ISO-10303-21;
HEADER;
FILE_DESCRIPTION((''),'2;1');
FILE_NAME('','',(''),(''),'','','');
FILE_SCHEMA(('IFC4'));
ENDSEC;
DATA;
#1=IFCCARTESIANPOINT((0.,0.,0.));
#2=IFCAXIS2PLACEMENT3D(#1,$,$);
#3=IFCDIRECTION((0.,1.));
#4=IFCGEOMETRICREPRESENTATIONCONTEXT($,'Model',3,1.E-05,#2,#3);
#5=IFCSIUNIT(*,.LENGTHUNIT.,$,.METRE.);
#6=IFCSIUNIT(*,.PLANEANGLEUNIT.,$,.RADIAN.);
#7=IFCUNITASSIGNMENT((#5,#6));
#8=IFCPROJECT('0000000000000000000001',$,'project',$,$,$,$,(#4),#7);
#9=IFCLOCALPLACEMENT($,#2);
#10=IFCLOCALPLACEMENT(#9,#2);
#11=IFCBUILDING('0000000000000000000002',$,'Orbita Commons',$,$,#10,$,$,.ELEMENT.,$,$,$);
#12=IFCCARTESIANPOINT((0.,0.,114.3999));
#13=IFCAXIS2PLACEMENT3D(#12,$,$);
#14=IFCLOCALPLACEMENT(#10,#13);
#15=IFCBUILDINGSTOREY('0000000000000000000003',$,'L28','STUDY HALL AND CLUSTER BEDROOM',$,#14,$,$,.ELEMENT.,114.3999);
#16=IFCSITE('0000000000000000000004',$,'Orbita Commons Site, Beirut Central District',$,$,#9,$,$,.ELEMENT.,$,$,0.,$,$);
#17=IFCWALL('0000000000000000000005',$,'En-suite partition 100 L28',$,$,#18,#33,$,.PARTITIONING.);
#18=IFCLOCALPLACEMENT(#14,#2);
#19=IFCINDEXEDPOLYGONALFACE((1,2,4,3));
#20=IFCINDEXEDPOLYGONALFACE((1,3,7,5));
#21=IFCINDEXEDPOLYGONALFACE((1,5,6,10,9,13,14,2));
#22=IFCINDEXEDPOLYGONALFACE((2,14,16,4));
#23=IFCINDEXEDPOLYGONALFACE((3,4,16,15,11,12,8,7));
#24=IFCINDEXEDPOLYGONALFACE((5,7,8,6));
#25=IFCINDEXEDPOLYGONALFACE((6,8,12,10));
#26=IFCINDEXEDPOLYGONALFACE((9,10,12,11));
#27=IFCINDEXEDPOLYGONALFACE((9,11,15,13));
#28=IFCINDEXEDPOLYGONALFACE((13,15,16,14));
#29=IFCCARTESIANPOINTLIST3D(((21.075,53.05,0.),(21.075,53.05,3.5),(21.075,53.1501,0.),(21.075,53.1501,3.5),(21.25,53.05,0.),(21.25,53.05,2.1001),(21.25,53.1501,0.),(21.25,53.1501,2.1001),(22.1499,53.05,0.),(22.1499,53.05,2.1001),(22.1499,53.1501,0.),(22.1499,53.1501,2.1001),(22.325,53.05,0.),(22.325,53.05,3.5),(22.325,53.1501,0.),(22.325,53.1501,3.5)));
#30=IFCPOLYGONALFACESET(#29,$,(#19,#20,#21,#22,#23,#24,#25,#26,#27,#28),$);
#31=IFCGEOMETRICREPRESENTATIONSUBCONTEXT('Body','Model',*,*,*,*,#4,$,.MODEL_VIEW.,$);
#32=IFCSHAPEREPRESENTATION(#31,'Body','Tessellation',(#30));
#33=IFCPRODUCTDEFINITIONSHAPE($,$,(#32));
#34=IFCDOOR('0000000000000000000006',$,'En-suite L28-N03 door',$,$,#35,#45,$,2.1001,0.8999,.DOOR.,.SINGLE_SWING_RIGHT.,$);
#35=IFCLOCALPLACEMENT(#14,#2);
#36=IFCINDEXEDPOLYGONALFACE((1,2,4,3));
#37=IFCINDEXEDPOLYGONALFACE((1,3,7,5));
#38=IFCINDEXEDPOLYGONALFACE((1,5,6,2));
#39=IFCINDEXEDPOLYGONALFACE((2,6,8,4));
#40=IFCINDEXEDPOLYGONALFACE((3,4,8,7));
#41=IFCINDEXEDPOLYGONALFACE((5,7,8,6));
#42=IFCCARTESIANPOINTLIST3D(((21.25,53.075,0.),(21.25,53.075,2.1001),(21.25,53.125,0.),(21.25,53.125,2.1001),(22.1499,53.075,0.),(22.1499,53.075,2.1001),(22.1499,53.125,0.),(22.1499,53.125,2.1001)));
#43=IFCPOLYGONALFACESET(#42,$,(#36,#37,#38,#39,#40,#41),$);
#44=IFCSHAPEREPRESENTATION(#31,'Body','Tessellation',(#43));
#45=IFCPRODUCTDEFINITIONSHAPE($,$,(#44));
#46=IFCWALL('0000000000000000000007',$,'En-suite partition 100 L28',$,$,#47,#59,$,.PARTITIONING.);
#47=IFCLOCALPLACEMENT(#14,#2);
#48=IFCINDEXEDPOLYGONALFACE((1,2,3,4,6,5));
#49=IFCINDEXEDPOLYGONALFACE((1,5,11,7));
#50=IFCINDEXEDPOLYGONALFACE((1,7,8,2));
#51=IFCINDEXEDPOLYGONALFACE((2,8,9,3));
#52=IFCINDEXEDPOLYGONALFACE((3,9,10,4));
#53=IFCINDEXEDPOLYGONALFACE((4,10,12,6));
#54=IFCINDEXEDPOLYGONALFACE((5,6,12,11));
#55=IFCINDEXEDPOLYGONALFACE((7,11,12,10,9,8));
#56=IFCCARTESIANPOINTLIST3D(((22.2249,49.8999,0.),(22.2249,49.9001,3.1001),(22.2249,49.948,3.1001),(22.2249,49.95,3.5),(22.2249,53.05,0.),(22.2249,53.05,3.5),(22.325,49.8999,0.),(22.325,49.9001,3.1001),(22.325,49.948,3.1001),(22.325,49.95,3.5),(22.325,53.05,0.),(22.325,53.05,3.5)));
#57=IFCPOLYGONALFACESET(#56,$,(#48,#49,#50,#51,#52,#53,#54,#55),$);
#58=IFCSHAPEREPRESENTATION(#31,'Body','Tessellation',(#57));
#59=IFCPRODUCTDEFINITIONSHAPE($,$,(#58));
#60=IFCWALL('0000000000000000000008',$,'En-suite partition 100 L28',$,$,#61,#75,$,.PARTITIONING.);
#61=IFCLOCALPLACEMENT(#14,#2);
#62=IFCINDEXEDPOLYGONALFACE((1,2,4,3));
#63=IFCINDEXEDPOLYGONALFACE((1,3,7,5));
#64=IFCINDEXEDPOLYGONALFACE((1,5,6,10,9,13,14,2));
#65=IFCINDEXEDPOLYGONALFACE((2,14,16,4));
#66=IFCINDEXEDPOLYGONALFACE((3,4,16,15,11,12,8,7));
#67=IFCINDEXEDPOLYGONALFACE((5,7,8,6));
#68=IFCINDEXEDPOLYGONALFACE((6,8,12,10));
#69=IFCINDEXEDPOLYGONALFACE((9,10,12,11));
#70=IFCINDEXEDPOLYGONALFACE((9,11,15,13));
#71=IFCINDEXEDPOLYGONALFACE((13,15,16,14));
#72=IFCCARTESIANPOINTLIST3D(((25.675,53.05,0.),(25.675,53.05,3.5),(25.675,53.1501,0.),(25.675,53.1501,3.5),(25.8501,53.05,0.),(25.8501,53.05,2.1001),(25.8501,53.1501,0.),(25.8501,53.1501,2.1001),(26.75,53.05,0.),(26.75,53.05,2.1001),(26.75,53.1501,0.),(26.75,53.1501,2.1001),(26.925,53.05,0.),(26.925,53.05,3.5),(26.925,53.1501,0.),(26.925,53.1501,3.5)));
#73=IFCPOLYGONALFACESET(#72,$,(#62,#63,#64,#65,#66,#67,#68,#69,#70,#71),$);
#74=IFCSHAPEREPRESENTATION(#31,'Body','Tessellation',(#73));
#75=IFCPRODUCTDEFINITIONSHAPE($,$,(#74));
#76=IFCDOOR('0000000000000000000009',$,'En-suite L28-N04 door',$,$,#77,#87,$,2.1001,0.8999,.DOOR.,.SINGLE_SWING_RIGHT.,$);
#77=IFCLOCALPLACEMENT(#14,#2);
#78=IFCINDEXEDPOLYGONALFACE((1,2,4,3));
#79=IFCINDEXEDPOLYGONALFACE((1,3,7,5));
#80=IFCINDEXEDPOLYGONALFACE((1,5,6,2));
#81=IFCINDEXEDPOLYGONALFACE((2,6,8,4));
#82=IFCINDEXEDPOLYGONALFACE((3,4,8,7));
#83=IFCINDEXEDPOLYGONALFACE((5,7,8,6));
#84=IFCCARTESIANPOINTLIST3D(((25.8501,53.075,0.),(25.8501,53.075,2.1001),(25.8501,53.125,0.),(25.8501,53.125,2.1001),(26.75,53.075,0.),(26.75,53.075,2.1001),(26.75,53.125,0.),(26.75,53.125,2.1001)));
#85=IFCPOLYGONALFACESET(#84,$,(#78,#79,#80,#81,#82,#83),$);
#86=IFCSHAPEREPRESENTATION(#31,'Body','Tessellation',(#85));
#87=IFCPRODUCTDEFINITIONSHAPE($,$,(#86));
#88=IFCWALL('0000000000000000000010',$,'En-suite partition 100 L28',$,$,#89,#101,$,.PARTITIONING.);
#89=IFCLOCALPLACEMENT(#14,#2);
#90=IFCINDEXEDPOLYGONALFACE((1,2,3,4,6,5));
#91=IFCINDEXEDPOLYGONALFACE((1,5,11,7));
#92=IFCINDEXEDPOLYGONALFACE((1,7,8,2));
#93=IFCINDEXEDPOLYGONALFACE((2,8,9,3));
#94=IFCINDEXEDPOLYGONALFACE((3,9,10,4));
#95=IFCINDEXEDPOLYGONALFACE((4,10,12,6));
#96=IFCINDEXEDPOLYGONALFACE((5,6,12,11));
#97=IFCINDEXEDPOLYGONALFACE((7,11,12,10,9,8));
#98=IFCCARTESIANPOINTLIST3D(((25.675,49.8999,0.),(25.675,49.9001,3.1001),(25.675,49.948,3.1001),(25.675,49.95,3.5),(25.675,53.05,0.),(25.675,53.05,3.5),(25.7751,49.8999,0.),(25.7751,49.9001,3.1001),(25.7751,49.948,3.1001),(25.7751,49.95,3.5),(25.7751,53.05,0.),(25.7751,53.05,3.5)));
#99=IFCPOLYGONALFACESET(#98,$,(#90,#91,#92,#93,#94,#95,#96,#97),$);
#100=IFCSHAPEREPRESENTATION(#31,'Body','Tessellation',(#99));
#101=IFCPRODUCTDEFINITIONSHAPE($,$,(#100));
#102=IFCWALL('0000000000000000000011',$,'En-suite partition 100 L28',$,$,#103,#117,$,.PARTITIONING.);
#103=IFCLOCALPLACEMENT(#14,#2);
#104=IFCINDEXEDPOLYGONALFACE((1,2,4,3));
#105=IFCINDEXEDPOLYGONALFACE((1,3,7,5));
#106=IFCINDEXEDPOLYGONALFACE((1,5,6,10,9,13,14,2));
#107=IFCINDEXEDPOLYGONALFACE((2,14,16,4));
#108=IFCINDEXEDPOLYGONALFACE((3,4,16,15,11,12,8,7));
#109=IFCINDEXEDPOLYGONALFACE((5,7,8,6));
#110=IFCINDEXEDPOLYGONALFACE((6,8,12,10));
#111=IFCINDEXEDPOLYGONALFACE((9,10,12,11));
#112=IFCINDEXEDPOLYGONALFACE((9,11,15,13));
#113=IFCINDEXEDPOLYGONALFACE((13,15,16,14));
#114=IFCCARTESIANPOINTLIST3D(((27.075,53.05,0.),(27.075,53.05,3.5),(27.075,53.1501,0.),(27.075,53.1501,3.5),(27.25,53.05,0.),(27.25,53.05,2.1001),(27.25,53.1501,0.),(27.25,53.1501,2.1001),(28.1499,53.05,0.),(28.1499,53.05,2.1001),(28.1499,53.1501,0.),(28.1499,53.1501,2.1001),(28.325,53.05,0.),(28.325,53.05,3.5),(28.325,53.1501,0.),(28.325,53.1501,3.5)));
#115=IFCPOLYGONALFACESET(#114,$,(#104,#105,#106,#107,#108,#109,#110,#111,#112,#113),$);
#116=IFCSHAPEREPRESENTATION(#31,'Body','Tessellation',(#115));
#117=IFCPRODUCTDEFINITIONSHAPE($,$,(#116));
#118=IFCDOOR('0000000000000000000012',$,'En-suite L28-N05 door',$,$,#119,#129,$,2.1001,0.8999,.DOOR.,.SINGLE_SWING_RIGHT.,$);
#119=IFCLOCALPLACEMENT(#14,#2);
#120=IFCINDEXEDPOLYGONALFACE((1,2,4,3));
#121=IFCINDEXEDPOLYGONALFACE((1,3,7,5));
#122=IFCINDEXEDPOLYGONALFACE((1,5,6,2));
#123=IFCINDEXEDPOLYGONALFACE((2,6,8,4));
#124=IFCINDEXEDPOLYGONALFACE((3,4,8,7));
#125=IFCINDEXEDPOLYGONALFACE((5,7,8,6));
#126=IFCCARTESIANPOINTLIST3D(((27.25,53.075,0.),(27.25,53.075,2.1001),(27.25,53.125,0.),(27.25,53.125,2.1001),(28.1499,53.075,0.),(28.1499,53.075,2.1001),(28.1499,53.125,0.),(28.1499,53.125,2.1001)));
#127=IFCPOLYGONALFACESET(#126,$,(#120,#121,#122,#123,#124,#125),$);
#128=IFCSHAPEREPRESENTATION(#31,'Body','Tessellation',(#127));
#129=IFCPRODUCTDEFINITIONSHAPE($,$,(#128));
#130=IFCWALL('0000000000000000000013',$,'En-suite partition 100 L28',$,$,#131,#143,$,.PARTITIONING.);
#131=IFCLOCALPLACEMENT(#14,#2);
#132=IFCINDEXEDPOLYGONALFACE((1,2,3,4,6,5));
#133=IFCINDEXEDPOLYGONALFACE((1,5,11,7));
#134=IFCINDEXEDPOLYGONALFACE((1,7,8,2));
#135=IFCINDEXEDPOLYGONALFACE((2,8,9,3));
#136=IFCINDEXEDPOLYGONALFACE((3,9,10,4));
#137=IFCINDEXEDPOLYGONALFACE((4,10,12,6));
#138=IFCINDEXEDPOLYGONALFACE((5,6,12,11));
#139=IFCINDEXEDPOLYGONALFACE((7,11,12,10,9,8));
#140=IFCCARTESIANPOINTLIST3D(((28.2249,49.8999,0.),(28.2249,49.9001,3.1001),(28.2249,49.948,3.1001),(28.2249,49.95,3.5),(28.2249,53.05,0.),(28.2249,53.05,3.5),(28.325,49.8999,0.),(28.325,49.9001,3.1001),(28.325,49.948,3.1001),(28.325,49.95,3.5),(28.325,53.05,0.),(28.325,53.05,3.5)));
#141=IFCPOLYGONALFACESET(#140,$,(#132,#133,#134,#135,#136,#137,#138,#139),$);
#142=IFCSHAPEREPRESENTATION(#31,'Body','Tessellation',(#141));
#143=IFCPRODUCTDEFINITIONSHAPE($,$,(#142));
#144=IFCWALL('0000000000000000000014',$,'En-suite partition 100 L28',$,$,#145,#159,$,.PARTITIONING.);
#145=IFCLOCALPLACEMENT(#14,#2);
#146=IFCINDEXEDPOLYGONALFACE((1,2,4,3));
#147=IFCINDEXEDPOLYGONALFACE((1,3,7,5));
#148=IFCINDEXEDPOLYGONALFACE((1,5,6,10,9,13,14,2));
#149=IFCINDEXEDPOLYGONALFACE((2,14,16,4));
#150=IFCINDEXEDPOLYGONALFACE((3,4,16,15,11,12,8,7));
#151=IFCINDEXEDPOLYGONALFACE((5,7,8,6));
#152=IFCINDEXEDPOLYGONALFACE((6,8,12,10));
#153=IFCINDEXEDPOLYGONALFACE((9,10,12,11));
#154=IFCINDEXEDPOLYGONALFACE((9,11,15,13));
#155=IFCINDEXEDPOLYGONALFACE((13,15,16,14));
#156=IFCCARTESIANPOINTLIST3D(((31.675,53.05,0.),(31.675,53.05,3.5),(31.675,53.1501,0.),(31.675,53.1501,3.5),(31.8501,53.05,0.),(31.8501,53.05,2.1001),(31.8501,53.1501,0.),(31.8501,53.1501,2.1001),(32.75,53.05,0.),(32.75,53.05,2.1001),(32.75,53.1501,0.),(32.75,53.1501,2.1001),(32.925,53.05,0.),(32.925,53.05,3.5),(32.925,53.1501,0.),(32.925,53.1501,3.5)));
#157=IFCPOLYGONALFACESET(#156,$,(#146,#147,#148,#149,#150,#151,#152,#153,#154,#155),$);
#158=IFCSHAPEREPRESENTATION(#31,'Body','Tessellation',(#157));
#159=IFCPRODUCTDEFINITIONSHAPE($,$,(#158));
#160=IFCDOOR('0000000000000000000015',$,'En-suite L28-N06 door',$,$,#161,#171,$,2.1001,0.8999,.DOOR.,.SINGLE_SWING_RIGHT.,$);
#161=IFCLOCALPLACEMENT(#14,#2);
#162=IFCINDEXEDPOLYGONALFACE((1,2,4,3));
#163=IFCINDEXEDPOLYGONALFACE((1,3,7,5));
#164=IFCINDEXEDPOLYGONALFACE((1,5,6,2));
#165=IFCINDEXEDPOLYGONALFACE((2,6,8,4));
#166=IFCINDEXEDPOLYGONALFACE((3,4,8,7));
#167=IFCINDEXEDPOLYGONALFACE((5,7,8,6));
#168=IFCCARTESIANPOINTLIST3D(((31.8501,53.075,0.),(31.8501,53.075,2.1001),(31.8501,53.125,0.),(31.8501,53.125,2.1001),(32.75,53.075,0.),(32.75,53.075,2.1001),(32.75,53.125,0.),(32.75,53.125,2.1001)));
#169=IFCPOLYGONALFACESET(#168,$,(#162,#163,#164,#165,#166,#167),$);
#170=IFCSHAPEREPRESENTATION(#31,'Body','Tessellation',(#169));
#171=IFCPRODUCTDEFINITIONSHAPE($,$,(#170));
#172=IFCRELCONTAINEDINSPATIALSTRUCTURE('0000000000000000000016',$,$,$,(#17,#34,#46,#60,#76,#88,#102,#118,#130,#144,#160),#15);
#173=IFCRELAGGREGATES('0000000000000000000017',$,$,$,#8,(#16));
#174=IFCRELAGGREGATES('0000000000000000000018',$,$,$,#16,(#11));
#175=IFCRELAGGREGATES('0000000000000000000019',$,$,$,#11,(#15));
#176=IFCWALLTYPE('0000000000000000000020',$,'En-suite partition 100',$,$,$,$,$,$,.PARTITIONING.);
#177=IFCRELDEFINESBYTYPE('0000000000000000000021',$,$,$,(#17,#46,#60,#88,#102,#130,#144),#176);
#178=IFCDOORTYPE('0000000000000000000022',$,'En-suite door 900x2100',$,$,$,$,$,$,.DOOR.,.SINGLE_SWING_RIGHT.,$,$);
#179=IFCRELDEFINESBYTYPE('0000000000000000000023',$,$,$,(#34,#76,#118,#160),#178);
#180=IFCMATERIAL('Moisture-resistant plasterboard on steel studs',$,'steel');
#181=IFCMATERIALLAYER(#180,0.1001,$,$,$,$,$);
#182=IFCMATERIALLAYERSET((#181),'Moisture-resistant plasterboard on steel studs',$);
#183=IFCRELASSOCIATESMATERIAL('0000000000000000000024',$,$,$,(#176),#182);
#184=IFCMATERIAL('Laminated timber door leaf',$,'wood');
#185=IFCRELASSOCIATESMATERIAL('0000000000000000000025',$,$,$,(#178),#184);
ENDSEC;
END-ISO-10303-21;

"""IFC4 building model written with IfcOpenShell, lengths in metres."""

from ifc_helpers import new_model, si_unit, direction, frame, frame_2d, origin, place, context, subcontext, project, spatial, polyline, rectangle, outline, extrude, material, layer, layer_set, type_object, element, fill, save


model = new_model("IFC4")

# Units and contexts
model_context = context("Model", 3, precision=1e-05, world=origin(), true_north=direction((0.0, 1.0)))
body_context = subcontext(model_context, "Body", "Model", "MODEL_VIEW")
ifc_project = project(units=[si_unit("LENGTHUNIT", "METRE"), si_unit("PLANEANGLEUNIT", "RADIAN")], contexts=[model_context])

# Site, building, storey
site_placement = place(None, origin())
site = spatial("IfcSite", under=ifc_project, at=site_placement, Name="Orbita Commons Site, Beirut Central District", CompositionType="ELEMENT", RefElevation=0.0)
building_placement = place(site_placement, origin())
building = spatial("IfcBuilding", under=site, at=building_placement, Name="Orbita Commons", CompositionType="ELEMENT")
storey_placement = place(building_placement, frame((0.0, 0.0, 114.3999)))
storey = spatial("IfcBuildingStorey", under=building, at=storey_placement, Name="L28", Description="STUDY HALL AND CLUSTER BEDROOM", CompositionType="ELEMENT", Elevation=114.3999)

# Wall, opening, door
ifc_material_1 = material(Name="Moisture-resistant plasterboard on steel studs", Category="steel")
ifc_layer_1 = layer(ifc_material_1, 0.1001)
ifc_layer_set_1 = layer_set([ifc_layer_1], Name="Moisture-resistant plasterboard on steel studs")
wall_type_1 = type_object("IfcWallType", Name="En-suite partition 100", PredefinedType="PARTITIONING", material=ifc_layer_set_1)
wall_1_placement = place(storey_placement, frame((21.075, 53.1001, 0.0), z_axis=(0.0, 0.0, 1.0), x_axis=(1.0, 0.0, 0.0)))
wall_1 = element("IfcWall", 1, at=wall_1_placement, inside=storey, type_object=wall_type_1, Name="En-suite partition 100 L28", PredefinedType="PARTITIONING", context=body_context, shape_type="SweptSolid", body=[
    extrude(rectangle(XDim=1.25, YDim=0.1001, at=frame_2d((0.625, 0.0))), origin(), (0.0, 0.0, 1.0), 3.5),
])
opening_1_placement = place(wall_1_placement, frame((0.175, 0.0, 0.0)))
opening_1 = element("IfcOpeningElement", 2, at=opening_1_placement, cuts=wall_1, PredefinedType="OPENING", context=body_context, shape_type="SweptSolid", body=[
    extrude(rectangle(XDim=0.8999, YDim=2.1001, at=frame_2d((0.45, 1.05))), frame((0.0, 0.0601, 0.0), z_axis=(0.0, -1.0, 0.0), x_axis=(1.0, 0.0, 0.0)), (0.0, 0.0, 1.0), 0.1201),
])
ifc_material_2 = material(Name="Laminated timber door leaf", Category="wood")
door_type_1 = type_object("IfcDoorType", Name="En-suite door 900x2100", OperationType="SINGLE_SWING_RIGHT", PredefinedType="DOOR", material=ifc_material_2)
door_1_placement = place(opening_1_placement, origin())
door_1 = element("IfcDoor", 3, at=door_1_placement, inside=storey, type_object=door_type_1, Name="En-suite L28-N03 door", OperationType="SINGLE_SWING_RIGHT", OverallHeight=2.1001, OverallWidth=0.8999, PredefinedType="DOOR", context=body_context, shape_type="SweptSolid", body=[
    extrude(rectangle(XDim=0.8999, YDim=2.1001, at=frame_2d((0.45, 1.05))), frame((0.0, 0.0249, 0.0), z_axis=(0.0, -1.0, 0.0), x_axis=(1.0, 0.0, 0.0)), (0.0, 0.0, 1.0), 0.05),
])
fill(opening_1, door_1)

# Wall
wall_2_placement = place(storey_placement, frame((22.2749, 53.05, 0.0), z_axis=(0.0, 0.0, 1.0), x_axis=(0.0, -1.0, 0.0)))
element("IfcWall", 4, at=wall_2_placement, inside=storey, type_object=wall_type_1, Name="En-suite partition 100 L28", PredefinedType="PARTITIONING", context=body_context, shape_type="SweptSolid", body=[
    extrude(outline(polyline([(0.0, 0.0), (3.1501, 0.0), (3.1499, 3.1001), (3.1021, 3.1001), (3.1001, 3.5), (0.0, 3.5), (0.0, 0.0)])), frame((0.0, 0.05, 0.0), z_axis=(0.0, -1.0, 0.0), x_axis=(1.0, 0.0, 0.0)), (0.0, 0.0, 1.0), 0.1001),
])

# Wall, opening, door
wall_3_placement = place(storey_placement, frame((25.675, 53.1001, 0.0), z_axis=(0.0, 0.0, 1.0), x_axis=(1.0, 0.0, 0.0)))
wall_3 = element("IfcWall", 5, at=wall_3_placement, inside=storey, type_object=wall_type_1, Name="En-suite partition 100 L28", PredefinedType="PARTITIONING", context=body_context, shape_type="SweptSolid", body=[
    extrude(rectangle(XDim=1.25, YDim=0.1001, at=frame_2d((0.625, 0.0))), origin(), (0.0, 0.0, 1.0), 3.5),
])
opening_2_placement = place(wall_3_placement, frame((0.175, 0.0, 0.0)))
opening_2 = element("IfcOpeningElement", 6, at=opening_2_placement, cuts=wall_3, PredefinedType="OPENING", context=body_context, shape_type="SweptSolid", body=[
    extrude(rectangle(XDim=0.8999, YDim=2.1001, at=frame_2d((0.45, 1.05))), frame((0.0, 0.0601, 0.0), z_axis=(0.0, -1.0, 0.0), x_axis=(1.0, 0.0, 0.0)), (0.0, 0.0, 1.0), 0.1201),
])
door_2_placement = place(opening_2_placement, origin())
door_2 = element("IfcDoor", 7, at=door_2_placement, inside=storey, type_object=door_type_1, Name="En-suite L28-N04 door", OperationType="SINGLE_SWING_RIGHT", OverallHeight=2.1001, OverallWidth=0.8999, PredefinedType="DOOR", context=body_context, shape_type="SweptSolid", body=[
    extrude(rectangle(XDim=0.8999, YDim=2.1001, at=frame_2d((0.45, 1.05))), frame((0.0, 0.0249, 0.0), z_axis=(0.0, -1.0, 0.0), x_axis=(1.0, 0.0, 0.0)), (0.0, 0.0, 1.0), 0.05),
])
fill(opening_2, door_2)

# Wall
wall_4_placement = place(storey_placement, frame((25.7251, 53.05, 0.0), z_axis=(0.0, 0.0, 1.0), x_axis=(0.0, -1.0, 0.0)))
element("IfcWall", 8, at=wall_4_placement, inside=storey, type_object=wall_type_1, Name="En-suite partition 100 L28", PredefinedType="PARTITIONING", context=body_context, shape_type="SweptSolid", body=[
    extrude(outline(polyline([(0.0, 0.0), (3.1501, 0.0), (3.1499, 3.1001), (3.1021, 3.1001), (3.1001, 3.5), (0.0, 3.5), (0.0, 0.0)])), frame((0.0, 0.05, 0.0), z_axis=(0.0, -1.0, 0.0), x_axis=(1.0, 0.0, 0.0)), (0.0, 0.0, 1.0), 0.1001),
])

# Wall, opening, door
wall_5_placement = place(storey_placement, frame((27.075, 53.1001, 0.0), z_axis=(0.0, 0.0, 1.0), x_axis=(1.0, 0.0, 0.0)))
wall_5 = element("IfcWall", 9, at=wall_5_placement, inside=storey, type_object=wall_type_1, Name="En-suite partition 100 L28", PredefinedType="PARTITIONING", context=body_context, shape_type="SweptSolid", body=[
    extrude(rectangle(XDim=1.25, YDim=0.1001, at=frame_2d((0.625, 0.0))), origin(), (0.0, 0.0, 1.0), 3.5),
])
opening_3_placement = place(wall_5_placement, frame((0.175, 0.0, 0.0)))
opening_3 = element("IfcOpeningElement", 10, at=opening_3_placement, cuts=wall_5, PredefinedType="OPENING", context=body_context, shape_type="SweptSolid", body=[
    extrude(rectangle(XDim=0.8999, YDim=2.1001, at=frame_2d((0.45, 1.05))), frame((0.0, 0.0601, 0.0), z_axis=(0.0, -1.0, 0.0), x_axis=(1.0, 0.0, 0.0)), (0.0, 0.0, 1.0), 0.1201),
])
door_3_placement = place(opening_3_placement, origin())
door_3 = element("IfcDoor", 11, at=door_3_placement, inside=storey, type_object=door_type_1, Name="En-suite L28-N05 door", OperationType="SINGLE_SWING_RIGHT", OverallHeight=2.1001, OverallWidth=0.8999, PredefinedType="DOOR", context=body_context, shape_type="SweptSolid", body=[
    extrude(rectangle(XDim=0.8999, YDim=2.1001, at=frame_2d((0.45, 1.05))), frame((0.0, 0.0249, 0.0), z_axis=(0.0, -1.0, 0.0), x_axis=(1.0, 0.0, 0.0)), (0.0, 0.0, 1.0), 0.05),
])
fill(opening_3, door_3)

# Wall
wall_6_placement = place(storey_placement, frame((28.2749, 53.05, 0.0), z_axis=(0.0, 0.0, 1.0), x_axis=(0.0, -1.0, 0.0)))
element("IfcWall", 12, at=wall_6_placement, inside=storey, type_object=wall_type_1, Name="En-suite partition 100 L28", PredefinedType="PARTITIONING", context=body_context, shape_type="SweptSolid", body=[
    extrude(outline(polyline([(0.0, 0.0), (3.1501, 0.0), (3.1499, 3.1001), (3.1021, 3.1001), (3.1001, 3.5), (0.0, 3.5), (0.0, 0.0)])), frame((0.0, 0.05, 0.0), z_axis=(0.0, -1.0, 0.0), x_axis=(1.0, 0.0, 0.0)), (0.0, 0.0, 1.0), 0.1001),
])

# Wall, opening, door
wall_7_placement = place(storey_placement, frame((31.675, 53.1001, 0.0), z_axis=(0.0, 0.0, 1.0), x_axis=(1.0, 0.0, 0.0)))
wall_7 = element("IfcWall", 13, at=wall_7_placement, inside=storey, type_object=wall_type_1, Name="En-suite partition 100 L28", PredefinedType="PARTITIONING", context=body_context, shape_type="SweptSolid", body=[
    extrude(rectangle(XDim=1.25, YDim=0.1001, at=frame_2d((0.625, 0.0))), origin(), (0.0, 0.0, 1.0), 3.5),
])
opening_4_placement = place(wall_7_placement, frame((0.175, 0.0, 0.0)))
opening_4 = element("IfcOpeningElement", 14, at=opening_4_placement, cuts=wall_7, PredefinedType="OPENING", context=body_context, shape_type="SweptSolid", body=[
    extrude(rectangle(XDim=0.8999, YDim=2.1001, at=frame_2d((0.45, 1.05))), frame((0.0, 0.0601, 0.0), z_axis=(0.0, -1.0, 0.0), x_axis=(1.0, 0.0, 0.0)), (0.0, 0.0, 1.0), 0.1201),
])
door_4_placement = place(opening_4_placement, origin())
door_4 = element("IfcDoor", 15, at=door_4_placement, inside=storey, type_object=door_type_1, Name="En-suite L28-N06 door", OperationType="SINGLE_SWING_RIGHT", OverallHeight=2.1001, OverallWidth=0.8999, PredefinedType="DOOR", context=body_context, shape_type="SweptSolid", body=[
    extrude(rectangle(XDim=0.8999, YDim=2.1001, at=frame_2d((0.45, 1.05))), frame((0.0, 0.0249, 0.0), z_axis=(0.0, -1.0, 0.0), x_axis=(1.0, 0.0, 0.0)), (0.0, 0.0, 1.0), 0.05),
])
fill(opening_4, door_4)

save(model, "model.ifc")
